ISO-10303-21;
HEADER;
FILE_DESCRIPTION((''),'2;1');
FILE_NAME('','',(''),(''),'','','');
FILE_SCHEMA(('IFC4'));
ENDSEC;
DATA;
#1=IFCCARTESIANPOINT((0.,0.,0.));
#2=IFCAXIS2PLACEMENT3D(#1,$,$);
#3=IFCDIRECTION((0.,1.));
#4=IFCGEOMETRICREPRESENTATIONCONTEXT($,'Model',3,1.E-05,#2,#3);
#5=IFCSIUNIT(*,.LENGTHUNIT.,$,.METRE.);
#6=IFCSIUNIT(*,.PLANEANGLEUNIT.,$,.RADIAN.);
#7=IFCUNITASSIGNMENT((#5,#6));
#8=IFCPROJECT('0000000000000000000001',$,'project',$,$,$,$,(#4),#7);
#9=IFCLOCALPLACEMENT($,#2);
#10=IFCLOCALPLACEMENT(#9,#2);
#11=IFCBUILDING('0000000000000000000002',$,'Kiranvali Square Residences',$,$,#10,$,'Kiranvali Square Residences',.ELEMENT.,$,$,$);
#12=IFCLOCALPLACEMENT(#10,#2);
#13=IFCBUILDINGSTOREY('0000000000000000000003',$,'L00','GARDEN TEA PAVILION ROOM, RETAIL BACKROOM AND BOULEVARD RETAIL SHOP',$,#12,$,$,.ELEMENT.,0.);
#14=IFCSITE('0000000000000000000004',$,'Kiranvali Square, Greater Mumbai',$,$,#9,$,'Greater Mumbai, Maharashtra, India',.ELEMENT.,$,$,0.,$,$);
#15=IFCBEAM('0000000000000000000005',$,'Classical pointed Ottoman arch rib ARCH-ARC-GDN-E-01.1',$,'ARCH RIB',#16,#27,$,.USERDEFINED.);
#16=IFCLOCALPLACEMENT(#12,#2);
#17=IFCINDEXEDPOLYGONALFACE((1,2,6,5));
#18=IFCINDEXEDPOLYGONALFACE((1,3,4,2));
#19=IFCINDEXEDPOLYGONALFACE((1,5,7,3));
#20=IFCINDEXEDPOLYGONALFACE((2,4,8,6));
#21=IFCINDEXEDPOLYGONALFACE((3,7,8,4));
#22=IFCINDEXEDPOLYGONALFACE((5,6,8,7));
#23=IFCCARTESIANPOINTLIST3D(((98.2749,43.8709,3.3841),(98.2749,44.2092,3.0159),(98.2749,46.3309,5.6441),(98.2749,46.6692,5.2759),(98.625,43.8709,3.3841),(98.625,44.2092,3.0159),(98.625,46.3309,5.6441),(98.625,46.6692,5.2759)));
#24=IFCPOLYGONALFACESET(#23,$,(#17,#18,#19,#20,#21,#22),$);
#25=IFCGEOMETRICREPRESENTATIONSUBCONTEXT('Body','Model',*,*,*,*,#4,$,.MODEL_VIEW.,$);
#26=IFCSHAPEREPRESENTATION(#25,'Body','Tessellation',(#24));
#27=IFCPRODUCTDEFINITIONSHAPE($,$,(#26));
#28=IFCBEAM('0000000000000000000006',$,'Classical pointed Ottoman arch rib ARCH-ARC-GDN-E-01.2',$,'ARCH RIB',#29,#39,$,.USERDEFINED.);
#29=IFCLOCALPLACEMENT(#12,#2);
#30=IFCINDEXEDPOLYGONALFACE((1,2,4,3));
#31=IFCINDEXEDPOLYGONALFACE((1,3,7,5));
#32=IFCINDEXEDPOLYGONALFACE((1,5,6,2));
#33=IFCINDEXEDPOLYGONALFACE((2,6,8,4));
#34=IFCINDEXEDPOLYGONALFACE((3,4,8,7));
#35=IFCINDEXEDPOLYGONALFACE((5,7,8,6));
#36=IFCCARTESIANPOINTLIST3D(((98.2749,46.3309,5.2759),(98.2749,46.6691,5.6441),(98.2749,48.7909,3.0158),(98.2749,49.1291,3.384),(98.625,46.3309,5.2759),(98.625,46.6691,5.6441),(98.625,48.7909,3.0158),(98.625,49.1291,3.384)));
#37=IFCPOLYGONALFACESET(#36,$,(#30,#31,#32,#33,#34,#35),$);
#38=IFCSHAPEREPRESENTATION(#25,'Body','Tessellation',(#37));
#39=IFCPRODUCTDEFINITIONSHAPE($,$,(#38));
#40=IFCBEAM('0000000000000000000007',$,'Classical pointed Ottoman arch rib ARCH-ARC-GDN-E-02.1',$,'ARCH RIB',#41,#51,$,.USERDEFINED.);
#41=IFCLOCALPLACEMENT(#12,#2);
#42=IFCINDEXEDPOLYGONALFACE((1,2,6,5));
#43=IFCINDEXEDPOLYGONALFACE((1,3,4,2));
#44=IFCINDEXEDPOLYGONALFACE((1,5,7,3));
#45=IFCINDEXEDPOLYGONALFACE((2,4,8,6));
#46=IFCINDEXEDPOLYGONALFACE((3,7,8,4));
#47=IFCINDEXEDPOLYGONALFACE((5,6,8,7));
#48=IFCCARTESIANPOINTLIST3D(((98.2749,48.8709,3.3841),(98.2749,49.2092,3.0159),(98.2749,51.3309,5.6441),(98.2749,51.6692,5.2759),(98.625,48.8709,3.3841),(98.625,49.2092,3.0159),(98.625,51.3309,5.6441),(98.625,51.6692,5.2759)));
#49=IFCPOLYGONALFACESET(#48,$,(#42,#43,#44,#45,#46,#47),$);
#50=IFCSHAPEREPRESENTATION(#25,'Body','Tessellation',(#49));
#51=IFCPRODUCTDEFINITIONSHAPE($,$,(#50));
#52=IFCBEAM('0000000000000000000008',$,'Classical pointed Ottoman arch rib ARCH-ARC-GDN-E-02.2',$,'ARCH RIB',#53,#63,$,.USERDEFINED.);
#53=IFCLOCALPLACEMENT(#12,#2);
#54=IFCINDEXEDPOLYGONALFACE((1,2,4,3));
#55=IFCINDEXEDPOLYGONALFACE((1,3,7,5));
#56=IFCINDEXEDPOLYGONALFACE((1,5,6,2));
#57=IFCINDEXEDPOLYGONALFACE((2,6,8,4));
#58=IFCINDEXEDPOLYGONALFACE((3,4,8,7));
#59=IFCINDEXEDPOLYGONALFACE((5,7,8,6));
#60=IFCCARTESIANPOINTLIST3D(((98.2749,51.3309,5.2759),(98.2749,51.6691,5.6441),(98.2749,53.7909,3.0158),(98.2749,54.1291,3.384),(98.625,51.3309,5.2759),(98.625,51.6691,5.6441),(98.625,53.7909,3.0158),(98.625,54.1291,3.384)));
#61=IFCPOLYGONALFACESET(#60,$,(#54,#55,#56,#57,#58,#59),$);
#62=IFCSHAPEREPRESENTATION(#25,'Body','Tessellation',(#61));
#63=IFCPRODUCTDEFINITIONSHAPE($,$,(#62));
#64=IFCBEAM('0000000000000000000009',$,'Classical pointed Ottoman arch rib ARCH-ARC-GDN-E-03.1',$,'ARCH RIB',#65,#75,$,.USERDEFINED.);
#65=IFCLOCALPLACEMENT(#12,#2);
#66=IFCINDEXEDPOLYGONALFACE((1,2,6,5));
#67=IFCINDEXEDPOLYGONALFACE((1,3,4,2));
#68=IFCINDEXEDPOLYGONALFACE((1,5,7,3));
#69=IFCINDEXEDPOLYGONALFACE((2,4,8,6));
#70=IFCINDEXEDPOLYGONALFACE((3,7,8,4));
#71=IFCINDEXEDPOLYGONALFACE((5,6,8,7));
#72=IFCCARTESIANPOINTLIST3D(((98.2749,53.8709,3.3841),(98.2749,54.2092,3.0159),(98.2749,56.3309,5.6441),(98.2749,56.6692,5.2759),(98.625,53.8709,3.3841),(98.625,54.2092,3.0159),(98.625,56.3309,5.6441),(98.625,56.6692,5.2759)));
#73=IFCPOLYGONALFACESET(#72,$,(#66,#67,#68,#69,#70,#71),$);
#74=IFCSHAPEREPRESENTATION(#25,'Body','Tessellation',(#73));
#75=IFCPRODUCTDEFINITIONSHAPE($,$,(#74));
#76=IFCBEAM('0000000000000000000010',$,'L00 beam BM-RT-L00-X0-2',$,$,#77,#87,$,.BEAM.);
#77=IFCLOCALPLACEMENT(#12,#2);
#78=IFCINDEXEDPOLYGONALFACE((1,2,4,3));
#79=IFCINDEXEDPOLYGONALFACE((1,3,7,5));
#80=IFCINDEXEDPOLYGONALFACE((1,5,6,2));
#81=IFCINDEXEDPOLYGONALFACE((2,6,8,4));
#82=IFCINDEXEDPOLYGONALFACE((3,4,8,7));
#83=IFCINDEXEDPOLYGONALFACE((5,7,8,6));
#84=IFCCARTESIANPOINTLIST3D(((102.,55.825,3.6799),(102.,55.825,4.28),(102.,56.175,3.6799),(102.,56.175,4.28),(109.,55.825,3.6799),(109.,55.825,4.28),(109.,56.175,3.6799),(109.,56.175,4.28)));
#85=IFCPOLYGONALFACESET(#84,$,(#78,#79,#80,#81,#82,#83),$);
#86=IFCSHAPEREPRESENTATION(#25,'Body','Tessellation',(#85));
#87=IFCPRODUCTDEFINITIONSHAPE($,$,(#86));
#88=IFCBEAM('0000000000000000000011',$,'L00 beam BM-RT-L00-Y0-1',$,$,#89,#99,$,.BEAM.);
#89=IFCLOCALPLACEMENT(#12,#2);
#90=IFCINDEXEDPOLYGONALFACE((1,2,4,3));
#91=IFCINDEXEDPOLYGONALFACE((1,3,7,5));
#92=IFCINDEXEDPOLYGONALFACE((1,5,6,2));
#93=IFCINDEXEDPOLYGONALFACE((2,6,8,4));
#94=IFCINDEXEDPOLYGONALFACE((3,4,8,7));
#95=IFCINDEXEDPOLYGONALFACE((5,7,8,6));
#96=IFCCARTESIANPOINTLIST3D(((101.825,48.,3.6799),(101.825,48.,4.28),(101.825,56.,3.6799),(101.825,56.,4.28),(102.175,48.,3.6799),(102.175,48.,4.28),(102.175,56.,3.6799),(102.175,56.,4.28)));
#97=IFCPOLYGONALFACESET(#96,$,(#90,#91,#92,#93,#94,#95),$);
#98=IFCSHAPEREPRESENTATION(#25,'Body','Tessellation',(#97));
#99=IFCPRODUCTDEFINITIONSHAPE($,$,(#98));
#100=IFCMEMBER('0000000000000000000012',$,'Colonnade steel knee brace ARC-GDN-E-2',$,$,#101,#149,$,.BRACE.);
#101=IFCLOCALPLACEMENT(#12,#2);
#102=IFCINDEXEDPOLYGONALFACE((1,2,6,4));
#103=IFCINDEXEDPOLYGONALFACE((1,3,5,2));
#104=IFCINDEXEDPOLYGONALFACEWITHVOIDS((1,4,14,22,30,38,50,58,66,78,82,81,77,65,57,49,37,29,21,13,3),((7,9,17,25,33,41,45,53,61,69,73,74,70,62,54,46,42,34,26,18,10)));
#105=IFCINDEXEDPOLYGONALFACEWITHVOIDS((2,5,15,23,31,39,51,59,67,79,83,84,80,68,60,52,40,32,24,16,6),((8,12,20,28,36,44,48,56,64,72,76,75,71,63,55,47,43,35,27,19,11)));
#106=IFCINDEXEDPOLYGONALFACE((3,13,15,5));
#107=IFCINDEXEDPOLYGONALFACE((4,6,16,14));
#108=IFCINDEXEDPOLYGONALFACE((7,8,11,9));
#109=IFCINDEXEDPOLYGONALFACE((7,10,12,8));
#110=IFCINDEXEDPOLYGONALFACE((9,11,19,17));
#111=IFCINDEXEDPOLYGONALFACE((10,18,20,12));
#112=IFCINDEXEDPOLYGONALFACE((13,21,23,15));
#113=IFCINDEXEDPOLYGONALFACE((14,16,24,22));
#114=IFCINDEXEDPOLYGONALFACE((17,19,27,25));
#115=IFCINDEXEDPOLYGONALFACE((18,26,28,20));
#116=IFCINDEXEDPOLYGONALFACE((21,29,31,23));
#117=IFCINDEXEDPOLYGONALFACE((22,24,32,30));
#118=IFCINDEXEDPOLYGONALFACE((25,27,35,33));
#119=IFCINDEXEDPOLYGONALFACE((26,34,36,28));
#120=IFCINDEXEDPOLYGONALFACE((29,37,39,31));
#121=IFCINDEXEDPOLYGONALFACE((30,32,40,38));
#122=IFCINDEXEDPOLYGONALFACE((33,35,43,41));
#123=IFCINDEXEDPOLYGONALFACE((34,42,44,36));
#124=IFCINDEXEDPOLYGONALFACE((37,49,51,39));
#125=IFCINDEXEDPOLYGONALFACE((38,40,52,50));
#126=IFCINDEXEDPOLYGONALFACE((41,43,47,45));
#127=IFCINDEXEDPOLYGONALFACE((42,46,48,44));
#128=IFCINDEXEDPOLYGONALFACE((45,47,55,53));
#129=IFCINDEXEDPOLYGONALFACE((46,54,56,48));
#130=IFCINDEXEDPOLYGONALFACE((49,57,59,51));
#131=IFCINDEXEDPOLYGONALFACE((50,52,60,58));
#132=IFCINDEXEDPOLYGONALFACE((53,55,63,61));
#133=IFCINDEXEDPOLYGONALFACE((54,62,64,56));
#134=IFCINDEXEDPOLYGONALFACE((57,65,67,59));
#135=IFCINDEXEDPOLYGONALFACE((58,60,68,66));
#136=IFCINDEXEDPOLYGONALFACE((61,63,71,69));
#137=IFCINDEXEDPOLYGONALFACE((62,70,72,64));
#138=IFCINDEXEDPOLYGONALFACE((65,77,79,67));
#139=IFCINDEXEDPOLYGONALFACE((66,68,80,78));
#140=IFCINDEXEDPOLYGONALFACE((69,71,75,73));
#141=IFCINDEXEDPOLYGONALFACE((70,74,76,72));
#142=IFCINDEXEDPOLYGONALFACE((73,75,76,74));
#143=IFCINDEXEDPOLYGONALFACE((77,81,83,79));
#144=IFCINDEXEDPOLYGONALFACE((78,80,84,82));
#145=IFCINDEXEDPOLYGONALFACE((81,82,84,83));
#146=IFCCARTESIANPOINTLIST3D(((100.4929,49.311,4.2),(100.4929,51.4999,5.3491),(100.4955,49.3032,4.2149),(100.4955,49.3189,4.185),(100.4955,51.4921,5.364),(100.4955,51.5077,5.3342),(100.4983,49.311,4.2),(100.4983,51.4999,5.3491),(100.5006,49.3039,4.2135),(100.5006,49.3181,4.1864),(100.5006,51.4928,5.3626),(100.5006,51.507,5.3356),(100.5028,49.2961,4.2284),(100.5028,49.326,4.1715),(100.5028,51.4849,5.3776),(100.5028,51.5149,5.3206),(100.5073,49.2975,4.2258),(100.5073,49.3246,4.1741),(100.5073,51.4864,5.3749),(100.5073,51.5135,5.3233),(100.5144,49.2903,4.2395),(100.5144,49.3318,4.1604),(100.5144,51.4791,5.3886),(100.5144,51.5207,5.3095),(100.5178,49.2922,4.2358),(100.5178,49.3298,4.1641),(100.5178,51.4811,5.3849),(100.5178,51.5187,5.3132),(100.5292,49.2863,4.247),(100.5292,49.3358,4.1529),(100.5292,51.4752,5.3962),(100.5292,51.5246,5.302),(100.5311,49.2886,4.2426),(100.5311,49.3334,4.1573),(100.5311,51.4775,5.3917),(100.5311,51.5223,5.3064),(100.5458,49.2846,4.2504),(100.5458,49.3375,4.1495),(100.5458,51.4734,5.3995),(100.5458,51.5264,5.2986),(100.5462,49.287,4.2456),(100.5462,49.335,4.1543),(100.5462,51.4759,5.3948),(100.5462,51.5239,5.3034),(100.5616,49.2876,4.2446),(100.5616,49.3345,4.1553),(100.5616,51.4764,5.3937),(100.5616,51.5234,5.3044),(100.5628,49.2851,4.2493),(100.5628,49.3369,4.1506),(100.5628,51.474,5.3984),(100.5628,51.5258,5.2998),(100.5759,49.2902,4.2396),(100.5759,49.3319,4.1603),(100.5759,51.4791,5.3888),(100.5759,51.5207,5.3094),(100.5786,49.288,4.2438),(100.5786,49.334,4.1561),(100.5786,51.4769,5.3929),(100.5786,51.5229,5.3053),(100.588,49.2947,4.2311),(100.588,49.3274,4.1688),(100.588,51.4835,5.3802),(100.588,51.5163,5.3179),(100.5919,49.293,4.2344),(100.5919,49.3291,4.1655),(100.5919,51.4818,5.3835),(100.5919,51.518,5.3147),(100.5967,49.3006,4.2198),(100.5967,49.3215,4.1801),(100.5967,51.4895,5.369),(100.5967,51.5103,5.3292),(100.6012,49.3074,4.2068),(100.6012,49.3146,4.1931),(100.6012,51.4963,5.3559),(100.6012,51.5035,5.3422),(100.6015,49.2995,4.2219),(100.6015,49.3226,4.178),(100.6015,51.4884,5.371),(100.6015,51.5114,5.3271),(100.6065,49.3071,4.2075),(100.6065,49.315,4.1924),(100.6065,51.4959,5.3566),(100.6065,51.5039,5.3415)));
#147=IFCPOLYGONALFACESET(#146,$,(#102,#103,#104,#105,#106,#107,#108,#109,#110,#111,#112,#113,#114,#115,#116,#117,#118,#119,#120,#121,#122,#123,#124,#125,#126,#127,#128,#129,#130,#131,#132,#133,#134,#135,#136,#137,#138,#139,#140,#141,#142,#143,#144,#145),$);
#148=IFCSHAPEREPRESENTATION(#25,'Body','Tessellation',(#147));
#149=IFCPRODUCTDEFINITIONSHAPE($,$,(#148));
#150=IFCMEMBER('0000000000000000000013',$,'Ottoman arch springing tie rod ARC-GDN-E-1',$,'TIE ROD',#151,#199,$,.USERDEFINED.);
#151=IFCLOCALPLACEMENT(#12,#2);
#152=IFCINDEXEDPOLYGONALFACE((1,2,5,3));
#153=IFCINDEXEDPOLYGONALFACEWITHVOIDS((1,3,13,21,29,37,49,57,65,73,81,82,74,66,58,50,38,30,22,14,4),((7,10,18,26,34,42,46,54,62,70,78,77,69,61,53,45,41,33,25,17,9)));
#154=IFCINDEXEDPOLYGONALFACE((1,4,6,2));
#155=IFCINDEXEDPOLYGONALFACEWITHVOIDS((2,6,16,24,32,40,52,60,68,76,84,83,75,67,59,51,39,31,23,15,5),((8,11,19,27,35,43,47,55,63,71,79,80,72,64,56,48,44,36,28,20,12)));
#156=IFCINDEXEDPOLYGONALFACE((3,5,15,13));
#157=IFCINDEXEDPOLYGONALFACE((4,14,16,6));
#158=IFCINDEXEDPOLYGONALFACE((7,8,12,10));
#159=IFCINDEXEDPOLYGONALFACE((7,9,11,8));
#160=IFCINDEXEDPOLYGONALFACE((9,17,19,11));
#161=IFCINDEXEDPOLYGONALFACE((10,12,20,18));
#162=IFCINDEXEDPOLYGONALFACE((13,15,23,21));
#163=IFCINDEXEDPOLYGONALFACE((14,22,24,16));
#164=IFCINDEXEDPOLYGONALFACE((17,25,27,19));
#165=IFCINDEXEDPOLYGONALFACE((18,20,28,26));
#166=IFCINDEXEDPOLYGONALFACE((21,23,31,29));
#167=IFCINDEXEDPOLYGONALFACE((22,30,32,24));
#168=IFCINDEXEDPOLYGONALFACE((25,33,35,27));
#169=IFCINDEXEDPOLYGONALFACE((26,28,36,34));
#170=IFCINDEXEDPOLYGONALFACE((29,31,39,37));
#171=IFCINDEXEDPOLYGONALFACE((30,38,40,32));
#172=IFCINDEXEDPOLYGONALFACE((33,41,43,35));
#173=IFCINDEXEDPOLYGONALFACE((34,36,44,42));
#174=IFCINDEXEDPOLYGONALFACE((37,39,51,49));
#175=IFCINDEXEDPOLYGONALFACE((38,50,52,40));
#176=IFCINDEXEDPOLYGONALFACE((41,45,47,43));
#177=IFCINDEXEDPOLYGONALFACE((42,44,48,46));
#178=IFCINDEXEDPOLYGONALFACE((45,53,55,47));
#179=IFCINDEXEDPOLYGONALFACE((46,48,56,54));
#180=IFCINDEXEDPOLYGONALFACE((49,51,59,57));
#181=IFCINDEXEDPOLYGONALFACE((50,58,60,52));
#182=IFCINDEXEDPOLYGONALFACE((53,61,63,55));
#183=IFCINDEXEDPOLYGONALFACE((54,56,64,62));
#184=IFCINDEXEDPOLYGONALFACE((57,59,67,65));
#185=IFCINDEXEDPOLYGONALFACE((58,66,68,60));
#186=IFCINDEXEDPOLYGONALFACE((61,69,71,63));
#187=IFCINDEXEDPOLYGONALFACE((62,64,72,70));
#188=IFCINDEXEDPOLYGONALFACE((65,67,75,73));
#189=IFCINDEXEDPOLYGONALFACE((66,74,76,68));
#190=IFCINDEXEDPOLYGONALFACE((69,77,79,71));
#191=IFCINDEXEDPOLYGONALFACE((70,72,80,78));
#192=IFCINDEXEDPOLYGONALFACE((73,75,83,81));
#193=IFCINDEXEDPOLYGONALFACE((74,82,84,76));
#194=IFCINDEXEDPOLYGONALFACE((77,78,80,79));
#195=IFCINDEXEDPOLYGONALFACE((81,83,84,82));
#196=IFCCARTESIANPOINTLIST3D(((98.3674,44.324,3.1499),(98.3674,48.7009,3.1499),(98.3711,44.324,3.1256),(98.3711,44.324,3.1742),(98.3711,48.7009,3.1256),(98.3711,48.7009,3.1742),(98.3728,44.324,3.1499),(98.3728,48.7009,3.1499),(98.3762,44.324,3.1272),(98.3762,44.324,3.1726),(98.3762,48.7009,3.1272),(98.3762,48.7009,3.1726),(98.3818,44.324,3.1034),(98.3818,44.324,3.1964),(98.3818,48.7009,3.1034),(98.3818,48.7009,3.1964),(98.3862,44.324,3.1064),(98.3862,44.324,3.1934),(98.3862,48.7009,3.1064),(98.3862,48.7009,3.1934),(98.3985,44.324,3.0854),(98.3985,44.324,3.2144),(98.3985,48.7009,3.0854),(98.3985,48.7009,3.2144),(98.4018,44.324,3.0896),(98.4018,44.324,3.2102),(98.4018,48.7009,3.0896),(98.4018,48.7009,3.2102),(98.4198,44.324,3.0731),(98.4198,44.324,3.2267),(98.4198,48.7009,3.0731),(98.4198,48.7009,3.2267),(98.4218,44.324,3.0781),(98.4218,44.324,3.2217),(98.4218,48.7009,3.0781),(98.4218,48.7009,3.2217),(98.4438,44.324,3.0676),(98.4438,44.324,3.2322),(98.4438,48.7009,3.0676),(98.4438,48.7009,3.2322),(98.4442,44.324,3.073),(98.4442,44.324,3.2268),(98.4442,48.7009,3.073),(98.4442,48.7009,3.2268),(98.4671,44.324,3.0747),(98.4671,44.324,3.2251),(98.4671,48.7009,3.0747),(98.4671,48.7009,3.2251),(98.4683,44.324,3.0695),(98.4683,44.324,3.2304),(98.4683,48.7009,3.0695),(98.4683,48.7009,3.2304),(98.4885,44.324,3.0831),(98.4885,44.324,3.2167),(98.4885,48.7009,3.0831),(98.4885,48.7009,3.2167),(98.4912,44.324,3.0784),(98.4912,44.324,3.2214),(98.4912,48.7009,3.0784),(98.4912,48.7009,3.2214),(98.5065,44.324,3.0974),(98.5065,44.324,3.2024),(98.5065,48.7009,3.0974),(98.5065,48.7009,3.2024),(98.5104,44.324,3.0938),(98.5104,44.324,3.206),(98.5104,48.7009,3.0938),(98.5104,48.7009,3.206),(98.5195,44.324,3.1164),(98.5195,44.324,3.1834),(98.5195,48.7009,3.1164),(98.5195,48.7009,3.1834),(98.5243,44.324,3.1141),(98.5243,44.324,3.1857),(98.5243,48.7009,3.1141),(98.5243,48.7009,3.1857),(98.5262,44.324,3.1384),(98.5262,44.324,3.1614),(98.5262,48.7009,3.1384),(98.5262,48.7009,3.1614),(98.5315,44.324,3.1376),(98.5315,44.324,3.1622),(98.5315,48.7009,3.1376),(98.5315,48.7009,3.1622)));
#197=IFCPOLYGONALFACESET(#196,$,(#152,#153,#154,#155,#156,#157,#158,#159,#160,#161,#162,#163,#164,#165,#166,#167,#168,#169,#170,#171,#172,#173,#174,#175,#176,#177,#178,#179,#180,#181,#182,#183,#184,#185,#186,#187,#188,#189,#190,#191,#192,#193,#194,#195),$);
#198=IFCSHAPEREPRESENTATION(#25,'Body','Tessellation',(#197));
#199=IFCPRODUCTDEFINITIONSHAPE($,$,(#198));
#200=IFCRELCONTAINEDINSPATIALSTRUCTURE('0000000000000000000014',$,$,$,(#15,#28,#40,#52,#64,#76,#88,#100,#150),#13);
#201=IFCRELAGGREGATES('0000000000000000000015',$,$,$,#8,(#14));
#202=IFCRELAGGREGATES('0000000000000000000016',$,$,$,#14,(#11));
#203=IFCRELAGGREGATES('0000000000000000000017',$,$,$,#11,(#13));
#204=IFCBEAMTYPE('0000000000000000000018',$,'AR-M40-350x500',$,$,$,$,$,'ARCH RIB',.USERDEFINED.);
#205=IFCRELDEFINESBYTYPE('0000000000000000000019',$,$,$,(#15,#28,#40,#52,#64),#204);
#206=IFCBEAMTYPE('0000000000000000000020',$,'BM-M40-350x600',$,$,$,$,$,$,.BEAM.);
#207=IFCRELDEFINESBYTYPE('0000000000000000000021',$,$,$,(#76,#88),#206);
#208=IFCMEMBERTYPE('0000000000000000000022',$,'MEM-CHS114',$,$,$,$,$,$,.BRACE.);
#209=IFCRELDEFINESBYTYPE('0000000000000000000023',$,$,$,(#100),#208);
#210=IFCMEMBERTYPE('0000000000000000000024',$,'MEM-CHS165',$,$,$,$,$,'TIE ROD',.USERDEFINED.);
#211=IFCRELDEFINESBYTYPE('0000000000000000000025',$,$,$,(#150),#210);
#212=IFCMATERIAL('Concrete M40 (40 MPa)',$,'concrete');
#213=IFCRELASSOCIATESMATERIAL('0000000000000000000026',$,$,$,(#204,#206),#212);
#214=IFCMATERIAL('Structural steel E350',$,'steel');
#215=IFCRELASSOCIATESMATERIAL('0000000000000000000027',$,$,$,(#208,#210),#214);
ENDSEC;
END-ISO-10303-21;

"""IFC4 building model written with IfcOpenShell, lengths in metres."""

from ifc_helpers import new_model, si_unit, direction, frame, origin, origin_2d, place, context, subcontext, project, spatial, rectangle, hollow_circle, extrude, material, material_profile, profile_set, type_object, element, save


model = new_model("IFC4")

# Units and contexts
model_context = context("Model", 3, precision=1e-05, world=origin(), true_north=direction((0.0, 1.0)))
body_context = subcontext(model_context, "Body", "Model", "MODEL_VIEW")
ifc_project = project(units=[si_unit("LENGTHUNIT", "METRE"), si_unit("PLANEANGLEUNIT", "RADIAN")], contexts=[model_context])

# Site, building, storey
site_placement = place(None, origin())
site = spatial("IfcSite", under=ifc_project, at=site_placement, Name="Kiranvali Square, Greater Mumbai", LongName="Greater Mumbai, Maharashtra, India", CompositionType="ELEMENT", RefElevation=0.0)
building_placement = place(site_placement, origin())
building = spatial("IfcBuilding", under=site, at=building_placement, Name="Kiranvali Square Residences", LongName="Kiranvali Square Residences", CompositionType="ELEMENT")
storey_placement = place(building_placement, origin())
storey = spatial("IfcBuildingStorey", under=building, at=storey_placement, Name="L00", Description="GARDEN TEA PAVILION ROOM, RETAIL BACKROOM AND BOULEVARD RETAIL SHOP", CompositionType="ELEMENT", Elevation=0.0)

# Shared definitions
ifc_material_1 = material(Name="Concrete M40 (40 MPa)", Category="concrete")

# Beams
ifc_material_profile_1 = material_profile(ifc_material_1, rectangle(XDim=0.3501, YDim=0.5, at=origin_2d()), Name="RC 350x500")
ifc_profile_set_1 = profile_set([ifc_material_profile_1], Name="Concrete M40 (40 MPa)")
beam_type_1 = type_object("IfcBeamType", Name="AR-M40-350x500", ElementType="ARCH RIB", PredefinedType="USERDEFINED", material=ifc_profile_set_1)
for number, where, z_axis, x_axis, name in (
    (1, (98.45, 44.04, 3.2), (0.0, 0.736401, 0.676545), (-1.0, 0.0, 0.0), "Classical pointed Ottoman arch rib ARCH-ARC-GDN-E-01.1"),
    (2, (98.45, 46.5, 5.46), (0.0, 0.736401, -0.676545), (-1.0, 0.0, 0.0), "Classical pointed Ottoman arch rib ARCH-ARC-GDN-E-01.2"),
    (3, (98.45, 49.04, 3.2), (0.0, 0.736401, 0.676545), (-1.0, 0.0, 0.0), "Classical pointed Ottoman arch rib ARCH-ARC-GDN-E-02.1"),
    (4, (98.45, 51.5, 5.46), (0.0, 0.736401, -0.676545), (-1.0, 0.0, 0.0), "Classical pointed Ottoman arch rib ARCH-ARC-GDN-E-02.2"),
    (5, (98.45, 54.04, 3.2), (0.0, 0.736401, 0.676545), (-1.0, 0.0, 0.0), "Classical pointed Ottoman arch rib ARCH-ARC-GDN-E-03.1"),
):
    element("IfcBeam", number, at=place(storey_placement, frame(where, z_axis=z_axis, x_axis=x_axis)), inside=storey, type_object=beam_type_1, Name=name, ObjectType="ARCH RIB", PredefinedType="USERDEFINED", context=body_context, shape_type="SweptSolid", body=[
        extrude(rectangle(XDim=0.3501, YDim=0.5, at=origin_2d()), origin(), (0.0, 0.0, 1.0), 3.3406),
    ])
ifc_material_profile_2 = material_profile(ifc_material_1, rectangle(XDim=0.3501, YDim=0.6001, at=origin_2d()), Name="RC 350x600")
ifc_profile_set_2 = profile_set([ifc_material_profile_2], Name="Concrete M40 (40 MPa)")
beam_type_2 = type_object("IfcBeamType", Name="BM-M40-350x600", PredefinedType="BEAM", material=ifc_profile_set_2)
beam_1_placement = place(storey_placement, frame((102.0, 56.0, 3.98), z_axis=(1.0, 0.0, 0.0), x_axis=(0.0, 1.0, 0.0)))
element("IfcBeam", 6, at=beam_1_placement, inside=storey, type_object=beam_type_2, Name="L00 beam BM-RT-L00-X0-2", PredefinedType="BEAM", context=body_context, shape_type="SweptSolid", body=[
    extrude(rectangle(XDim=0.3501, YDim=0.6001, at=origin_2d()), origin(), (0.0, 0.0, 1.0), 7.0),
])
beam_2_placement = place(storey_placement, frame((102.0, 48.0, 3.98), z_axis=(0.0, 1.0, 0.0), x_axis=(-1.0, 0.0, 0.0)))
element("IfcBeam", 7, at=beam_2_placement, inside=storey, type_object=beam_type_2, Name="L00 beam BM-RT-L00-Y0-1", PredefinedType="BEAM", context=body_context, shape_type="SweptSolid", body=[
    extrude(rectangle(XDim=0.3501, YDim=0.6001, at=origin_2d()), origin(), (0.0, 0.0, 1.0), 8.0),
])

# Members
ifc_material_2 = material(Name="Structural steel E350", Category="steel")
ifc_material_profile_3 = material_profile(ifc_material_2, hollow_circle(Radius=0.0571, WallThickness=0.0054, at=origin_2d()), Name="CHS 114.3x5.4")
ifc_profile_set_3 = profile_set([ifc_material_profile_3], Name="Structural steel E350")
member_type_1 = type_object("IfcMemberType", Name="MEM-CHS114", PredefinedType="BRACE", material=ifc_profile_set_3)
member_1_placement = place(storey_placement, frame((100.55, 49.311, 4.2), z_axis=(0.0, 0.885404, 0.464822), x_axis=(-1.0, 0.0, 0.0)))
element("IfcMember", 8, at=member_1_placement, inside=storey, type_object=member_type_1, Name="Colonnade steel knee brace ARC-GDN-E-2", PredefinedType="BRACE", context=body_context, shape_type="SweptSolid", body=[
    extrude(hollow_circle(Radius=0.0571, WallThickness=0.0054, at=origin_2d()), origin(), (0.0, 0.0, 1.0), 2.4722),
])
ifc_material_profile_4 = material_profile(ifc_material_2, hollow_circle(Radius=0.0825, WallThickness=0.0054, at=origin_2d()), Name="CHS 165.1x5.4")
ifc_profile_set_4 = profile_set([ifc_material_profile_4], Name="Structural steel E350")
member_type_2 = type_object("IfcMemberType", Name="MEM-CHS165", ElementType="TIE ROD", PredefinedType="USERDEFINED", material=ifc_profile_set_4)
member_2_placement = place(storey_placement, frame((98.45, 44.324, 3.1499), z_axis=(0.0, 1.0, 0.0), x_axis=(-1.0, 0.0, 0.0)))
element("IfcMember", 9, at=member_2_placement, inside=storey, type_object=member_type_2, Name="Ottoman arch springing tie rod ARC-GDN-E-1", ObjectType="TIE ROD", PredefinedType="USERDEFINED", context=body_context, shape_type="SweptSolid", body=[
    extrude(hollow_circle(Radius=0.0825, WallThickness=0.0054, at=origin_2d()), origin(), (0.0, 0.0, 1.0), 4.377),
])

save(model, "model.ifc")
